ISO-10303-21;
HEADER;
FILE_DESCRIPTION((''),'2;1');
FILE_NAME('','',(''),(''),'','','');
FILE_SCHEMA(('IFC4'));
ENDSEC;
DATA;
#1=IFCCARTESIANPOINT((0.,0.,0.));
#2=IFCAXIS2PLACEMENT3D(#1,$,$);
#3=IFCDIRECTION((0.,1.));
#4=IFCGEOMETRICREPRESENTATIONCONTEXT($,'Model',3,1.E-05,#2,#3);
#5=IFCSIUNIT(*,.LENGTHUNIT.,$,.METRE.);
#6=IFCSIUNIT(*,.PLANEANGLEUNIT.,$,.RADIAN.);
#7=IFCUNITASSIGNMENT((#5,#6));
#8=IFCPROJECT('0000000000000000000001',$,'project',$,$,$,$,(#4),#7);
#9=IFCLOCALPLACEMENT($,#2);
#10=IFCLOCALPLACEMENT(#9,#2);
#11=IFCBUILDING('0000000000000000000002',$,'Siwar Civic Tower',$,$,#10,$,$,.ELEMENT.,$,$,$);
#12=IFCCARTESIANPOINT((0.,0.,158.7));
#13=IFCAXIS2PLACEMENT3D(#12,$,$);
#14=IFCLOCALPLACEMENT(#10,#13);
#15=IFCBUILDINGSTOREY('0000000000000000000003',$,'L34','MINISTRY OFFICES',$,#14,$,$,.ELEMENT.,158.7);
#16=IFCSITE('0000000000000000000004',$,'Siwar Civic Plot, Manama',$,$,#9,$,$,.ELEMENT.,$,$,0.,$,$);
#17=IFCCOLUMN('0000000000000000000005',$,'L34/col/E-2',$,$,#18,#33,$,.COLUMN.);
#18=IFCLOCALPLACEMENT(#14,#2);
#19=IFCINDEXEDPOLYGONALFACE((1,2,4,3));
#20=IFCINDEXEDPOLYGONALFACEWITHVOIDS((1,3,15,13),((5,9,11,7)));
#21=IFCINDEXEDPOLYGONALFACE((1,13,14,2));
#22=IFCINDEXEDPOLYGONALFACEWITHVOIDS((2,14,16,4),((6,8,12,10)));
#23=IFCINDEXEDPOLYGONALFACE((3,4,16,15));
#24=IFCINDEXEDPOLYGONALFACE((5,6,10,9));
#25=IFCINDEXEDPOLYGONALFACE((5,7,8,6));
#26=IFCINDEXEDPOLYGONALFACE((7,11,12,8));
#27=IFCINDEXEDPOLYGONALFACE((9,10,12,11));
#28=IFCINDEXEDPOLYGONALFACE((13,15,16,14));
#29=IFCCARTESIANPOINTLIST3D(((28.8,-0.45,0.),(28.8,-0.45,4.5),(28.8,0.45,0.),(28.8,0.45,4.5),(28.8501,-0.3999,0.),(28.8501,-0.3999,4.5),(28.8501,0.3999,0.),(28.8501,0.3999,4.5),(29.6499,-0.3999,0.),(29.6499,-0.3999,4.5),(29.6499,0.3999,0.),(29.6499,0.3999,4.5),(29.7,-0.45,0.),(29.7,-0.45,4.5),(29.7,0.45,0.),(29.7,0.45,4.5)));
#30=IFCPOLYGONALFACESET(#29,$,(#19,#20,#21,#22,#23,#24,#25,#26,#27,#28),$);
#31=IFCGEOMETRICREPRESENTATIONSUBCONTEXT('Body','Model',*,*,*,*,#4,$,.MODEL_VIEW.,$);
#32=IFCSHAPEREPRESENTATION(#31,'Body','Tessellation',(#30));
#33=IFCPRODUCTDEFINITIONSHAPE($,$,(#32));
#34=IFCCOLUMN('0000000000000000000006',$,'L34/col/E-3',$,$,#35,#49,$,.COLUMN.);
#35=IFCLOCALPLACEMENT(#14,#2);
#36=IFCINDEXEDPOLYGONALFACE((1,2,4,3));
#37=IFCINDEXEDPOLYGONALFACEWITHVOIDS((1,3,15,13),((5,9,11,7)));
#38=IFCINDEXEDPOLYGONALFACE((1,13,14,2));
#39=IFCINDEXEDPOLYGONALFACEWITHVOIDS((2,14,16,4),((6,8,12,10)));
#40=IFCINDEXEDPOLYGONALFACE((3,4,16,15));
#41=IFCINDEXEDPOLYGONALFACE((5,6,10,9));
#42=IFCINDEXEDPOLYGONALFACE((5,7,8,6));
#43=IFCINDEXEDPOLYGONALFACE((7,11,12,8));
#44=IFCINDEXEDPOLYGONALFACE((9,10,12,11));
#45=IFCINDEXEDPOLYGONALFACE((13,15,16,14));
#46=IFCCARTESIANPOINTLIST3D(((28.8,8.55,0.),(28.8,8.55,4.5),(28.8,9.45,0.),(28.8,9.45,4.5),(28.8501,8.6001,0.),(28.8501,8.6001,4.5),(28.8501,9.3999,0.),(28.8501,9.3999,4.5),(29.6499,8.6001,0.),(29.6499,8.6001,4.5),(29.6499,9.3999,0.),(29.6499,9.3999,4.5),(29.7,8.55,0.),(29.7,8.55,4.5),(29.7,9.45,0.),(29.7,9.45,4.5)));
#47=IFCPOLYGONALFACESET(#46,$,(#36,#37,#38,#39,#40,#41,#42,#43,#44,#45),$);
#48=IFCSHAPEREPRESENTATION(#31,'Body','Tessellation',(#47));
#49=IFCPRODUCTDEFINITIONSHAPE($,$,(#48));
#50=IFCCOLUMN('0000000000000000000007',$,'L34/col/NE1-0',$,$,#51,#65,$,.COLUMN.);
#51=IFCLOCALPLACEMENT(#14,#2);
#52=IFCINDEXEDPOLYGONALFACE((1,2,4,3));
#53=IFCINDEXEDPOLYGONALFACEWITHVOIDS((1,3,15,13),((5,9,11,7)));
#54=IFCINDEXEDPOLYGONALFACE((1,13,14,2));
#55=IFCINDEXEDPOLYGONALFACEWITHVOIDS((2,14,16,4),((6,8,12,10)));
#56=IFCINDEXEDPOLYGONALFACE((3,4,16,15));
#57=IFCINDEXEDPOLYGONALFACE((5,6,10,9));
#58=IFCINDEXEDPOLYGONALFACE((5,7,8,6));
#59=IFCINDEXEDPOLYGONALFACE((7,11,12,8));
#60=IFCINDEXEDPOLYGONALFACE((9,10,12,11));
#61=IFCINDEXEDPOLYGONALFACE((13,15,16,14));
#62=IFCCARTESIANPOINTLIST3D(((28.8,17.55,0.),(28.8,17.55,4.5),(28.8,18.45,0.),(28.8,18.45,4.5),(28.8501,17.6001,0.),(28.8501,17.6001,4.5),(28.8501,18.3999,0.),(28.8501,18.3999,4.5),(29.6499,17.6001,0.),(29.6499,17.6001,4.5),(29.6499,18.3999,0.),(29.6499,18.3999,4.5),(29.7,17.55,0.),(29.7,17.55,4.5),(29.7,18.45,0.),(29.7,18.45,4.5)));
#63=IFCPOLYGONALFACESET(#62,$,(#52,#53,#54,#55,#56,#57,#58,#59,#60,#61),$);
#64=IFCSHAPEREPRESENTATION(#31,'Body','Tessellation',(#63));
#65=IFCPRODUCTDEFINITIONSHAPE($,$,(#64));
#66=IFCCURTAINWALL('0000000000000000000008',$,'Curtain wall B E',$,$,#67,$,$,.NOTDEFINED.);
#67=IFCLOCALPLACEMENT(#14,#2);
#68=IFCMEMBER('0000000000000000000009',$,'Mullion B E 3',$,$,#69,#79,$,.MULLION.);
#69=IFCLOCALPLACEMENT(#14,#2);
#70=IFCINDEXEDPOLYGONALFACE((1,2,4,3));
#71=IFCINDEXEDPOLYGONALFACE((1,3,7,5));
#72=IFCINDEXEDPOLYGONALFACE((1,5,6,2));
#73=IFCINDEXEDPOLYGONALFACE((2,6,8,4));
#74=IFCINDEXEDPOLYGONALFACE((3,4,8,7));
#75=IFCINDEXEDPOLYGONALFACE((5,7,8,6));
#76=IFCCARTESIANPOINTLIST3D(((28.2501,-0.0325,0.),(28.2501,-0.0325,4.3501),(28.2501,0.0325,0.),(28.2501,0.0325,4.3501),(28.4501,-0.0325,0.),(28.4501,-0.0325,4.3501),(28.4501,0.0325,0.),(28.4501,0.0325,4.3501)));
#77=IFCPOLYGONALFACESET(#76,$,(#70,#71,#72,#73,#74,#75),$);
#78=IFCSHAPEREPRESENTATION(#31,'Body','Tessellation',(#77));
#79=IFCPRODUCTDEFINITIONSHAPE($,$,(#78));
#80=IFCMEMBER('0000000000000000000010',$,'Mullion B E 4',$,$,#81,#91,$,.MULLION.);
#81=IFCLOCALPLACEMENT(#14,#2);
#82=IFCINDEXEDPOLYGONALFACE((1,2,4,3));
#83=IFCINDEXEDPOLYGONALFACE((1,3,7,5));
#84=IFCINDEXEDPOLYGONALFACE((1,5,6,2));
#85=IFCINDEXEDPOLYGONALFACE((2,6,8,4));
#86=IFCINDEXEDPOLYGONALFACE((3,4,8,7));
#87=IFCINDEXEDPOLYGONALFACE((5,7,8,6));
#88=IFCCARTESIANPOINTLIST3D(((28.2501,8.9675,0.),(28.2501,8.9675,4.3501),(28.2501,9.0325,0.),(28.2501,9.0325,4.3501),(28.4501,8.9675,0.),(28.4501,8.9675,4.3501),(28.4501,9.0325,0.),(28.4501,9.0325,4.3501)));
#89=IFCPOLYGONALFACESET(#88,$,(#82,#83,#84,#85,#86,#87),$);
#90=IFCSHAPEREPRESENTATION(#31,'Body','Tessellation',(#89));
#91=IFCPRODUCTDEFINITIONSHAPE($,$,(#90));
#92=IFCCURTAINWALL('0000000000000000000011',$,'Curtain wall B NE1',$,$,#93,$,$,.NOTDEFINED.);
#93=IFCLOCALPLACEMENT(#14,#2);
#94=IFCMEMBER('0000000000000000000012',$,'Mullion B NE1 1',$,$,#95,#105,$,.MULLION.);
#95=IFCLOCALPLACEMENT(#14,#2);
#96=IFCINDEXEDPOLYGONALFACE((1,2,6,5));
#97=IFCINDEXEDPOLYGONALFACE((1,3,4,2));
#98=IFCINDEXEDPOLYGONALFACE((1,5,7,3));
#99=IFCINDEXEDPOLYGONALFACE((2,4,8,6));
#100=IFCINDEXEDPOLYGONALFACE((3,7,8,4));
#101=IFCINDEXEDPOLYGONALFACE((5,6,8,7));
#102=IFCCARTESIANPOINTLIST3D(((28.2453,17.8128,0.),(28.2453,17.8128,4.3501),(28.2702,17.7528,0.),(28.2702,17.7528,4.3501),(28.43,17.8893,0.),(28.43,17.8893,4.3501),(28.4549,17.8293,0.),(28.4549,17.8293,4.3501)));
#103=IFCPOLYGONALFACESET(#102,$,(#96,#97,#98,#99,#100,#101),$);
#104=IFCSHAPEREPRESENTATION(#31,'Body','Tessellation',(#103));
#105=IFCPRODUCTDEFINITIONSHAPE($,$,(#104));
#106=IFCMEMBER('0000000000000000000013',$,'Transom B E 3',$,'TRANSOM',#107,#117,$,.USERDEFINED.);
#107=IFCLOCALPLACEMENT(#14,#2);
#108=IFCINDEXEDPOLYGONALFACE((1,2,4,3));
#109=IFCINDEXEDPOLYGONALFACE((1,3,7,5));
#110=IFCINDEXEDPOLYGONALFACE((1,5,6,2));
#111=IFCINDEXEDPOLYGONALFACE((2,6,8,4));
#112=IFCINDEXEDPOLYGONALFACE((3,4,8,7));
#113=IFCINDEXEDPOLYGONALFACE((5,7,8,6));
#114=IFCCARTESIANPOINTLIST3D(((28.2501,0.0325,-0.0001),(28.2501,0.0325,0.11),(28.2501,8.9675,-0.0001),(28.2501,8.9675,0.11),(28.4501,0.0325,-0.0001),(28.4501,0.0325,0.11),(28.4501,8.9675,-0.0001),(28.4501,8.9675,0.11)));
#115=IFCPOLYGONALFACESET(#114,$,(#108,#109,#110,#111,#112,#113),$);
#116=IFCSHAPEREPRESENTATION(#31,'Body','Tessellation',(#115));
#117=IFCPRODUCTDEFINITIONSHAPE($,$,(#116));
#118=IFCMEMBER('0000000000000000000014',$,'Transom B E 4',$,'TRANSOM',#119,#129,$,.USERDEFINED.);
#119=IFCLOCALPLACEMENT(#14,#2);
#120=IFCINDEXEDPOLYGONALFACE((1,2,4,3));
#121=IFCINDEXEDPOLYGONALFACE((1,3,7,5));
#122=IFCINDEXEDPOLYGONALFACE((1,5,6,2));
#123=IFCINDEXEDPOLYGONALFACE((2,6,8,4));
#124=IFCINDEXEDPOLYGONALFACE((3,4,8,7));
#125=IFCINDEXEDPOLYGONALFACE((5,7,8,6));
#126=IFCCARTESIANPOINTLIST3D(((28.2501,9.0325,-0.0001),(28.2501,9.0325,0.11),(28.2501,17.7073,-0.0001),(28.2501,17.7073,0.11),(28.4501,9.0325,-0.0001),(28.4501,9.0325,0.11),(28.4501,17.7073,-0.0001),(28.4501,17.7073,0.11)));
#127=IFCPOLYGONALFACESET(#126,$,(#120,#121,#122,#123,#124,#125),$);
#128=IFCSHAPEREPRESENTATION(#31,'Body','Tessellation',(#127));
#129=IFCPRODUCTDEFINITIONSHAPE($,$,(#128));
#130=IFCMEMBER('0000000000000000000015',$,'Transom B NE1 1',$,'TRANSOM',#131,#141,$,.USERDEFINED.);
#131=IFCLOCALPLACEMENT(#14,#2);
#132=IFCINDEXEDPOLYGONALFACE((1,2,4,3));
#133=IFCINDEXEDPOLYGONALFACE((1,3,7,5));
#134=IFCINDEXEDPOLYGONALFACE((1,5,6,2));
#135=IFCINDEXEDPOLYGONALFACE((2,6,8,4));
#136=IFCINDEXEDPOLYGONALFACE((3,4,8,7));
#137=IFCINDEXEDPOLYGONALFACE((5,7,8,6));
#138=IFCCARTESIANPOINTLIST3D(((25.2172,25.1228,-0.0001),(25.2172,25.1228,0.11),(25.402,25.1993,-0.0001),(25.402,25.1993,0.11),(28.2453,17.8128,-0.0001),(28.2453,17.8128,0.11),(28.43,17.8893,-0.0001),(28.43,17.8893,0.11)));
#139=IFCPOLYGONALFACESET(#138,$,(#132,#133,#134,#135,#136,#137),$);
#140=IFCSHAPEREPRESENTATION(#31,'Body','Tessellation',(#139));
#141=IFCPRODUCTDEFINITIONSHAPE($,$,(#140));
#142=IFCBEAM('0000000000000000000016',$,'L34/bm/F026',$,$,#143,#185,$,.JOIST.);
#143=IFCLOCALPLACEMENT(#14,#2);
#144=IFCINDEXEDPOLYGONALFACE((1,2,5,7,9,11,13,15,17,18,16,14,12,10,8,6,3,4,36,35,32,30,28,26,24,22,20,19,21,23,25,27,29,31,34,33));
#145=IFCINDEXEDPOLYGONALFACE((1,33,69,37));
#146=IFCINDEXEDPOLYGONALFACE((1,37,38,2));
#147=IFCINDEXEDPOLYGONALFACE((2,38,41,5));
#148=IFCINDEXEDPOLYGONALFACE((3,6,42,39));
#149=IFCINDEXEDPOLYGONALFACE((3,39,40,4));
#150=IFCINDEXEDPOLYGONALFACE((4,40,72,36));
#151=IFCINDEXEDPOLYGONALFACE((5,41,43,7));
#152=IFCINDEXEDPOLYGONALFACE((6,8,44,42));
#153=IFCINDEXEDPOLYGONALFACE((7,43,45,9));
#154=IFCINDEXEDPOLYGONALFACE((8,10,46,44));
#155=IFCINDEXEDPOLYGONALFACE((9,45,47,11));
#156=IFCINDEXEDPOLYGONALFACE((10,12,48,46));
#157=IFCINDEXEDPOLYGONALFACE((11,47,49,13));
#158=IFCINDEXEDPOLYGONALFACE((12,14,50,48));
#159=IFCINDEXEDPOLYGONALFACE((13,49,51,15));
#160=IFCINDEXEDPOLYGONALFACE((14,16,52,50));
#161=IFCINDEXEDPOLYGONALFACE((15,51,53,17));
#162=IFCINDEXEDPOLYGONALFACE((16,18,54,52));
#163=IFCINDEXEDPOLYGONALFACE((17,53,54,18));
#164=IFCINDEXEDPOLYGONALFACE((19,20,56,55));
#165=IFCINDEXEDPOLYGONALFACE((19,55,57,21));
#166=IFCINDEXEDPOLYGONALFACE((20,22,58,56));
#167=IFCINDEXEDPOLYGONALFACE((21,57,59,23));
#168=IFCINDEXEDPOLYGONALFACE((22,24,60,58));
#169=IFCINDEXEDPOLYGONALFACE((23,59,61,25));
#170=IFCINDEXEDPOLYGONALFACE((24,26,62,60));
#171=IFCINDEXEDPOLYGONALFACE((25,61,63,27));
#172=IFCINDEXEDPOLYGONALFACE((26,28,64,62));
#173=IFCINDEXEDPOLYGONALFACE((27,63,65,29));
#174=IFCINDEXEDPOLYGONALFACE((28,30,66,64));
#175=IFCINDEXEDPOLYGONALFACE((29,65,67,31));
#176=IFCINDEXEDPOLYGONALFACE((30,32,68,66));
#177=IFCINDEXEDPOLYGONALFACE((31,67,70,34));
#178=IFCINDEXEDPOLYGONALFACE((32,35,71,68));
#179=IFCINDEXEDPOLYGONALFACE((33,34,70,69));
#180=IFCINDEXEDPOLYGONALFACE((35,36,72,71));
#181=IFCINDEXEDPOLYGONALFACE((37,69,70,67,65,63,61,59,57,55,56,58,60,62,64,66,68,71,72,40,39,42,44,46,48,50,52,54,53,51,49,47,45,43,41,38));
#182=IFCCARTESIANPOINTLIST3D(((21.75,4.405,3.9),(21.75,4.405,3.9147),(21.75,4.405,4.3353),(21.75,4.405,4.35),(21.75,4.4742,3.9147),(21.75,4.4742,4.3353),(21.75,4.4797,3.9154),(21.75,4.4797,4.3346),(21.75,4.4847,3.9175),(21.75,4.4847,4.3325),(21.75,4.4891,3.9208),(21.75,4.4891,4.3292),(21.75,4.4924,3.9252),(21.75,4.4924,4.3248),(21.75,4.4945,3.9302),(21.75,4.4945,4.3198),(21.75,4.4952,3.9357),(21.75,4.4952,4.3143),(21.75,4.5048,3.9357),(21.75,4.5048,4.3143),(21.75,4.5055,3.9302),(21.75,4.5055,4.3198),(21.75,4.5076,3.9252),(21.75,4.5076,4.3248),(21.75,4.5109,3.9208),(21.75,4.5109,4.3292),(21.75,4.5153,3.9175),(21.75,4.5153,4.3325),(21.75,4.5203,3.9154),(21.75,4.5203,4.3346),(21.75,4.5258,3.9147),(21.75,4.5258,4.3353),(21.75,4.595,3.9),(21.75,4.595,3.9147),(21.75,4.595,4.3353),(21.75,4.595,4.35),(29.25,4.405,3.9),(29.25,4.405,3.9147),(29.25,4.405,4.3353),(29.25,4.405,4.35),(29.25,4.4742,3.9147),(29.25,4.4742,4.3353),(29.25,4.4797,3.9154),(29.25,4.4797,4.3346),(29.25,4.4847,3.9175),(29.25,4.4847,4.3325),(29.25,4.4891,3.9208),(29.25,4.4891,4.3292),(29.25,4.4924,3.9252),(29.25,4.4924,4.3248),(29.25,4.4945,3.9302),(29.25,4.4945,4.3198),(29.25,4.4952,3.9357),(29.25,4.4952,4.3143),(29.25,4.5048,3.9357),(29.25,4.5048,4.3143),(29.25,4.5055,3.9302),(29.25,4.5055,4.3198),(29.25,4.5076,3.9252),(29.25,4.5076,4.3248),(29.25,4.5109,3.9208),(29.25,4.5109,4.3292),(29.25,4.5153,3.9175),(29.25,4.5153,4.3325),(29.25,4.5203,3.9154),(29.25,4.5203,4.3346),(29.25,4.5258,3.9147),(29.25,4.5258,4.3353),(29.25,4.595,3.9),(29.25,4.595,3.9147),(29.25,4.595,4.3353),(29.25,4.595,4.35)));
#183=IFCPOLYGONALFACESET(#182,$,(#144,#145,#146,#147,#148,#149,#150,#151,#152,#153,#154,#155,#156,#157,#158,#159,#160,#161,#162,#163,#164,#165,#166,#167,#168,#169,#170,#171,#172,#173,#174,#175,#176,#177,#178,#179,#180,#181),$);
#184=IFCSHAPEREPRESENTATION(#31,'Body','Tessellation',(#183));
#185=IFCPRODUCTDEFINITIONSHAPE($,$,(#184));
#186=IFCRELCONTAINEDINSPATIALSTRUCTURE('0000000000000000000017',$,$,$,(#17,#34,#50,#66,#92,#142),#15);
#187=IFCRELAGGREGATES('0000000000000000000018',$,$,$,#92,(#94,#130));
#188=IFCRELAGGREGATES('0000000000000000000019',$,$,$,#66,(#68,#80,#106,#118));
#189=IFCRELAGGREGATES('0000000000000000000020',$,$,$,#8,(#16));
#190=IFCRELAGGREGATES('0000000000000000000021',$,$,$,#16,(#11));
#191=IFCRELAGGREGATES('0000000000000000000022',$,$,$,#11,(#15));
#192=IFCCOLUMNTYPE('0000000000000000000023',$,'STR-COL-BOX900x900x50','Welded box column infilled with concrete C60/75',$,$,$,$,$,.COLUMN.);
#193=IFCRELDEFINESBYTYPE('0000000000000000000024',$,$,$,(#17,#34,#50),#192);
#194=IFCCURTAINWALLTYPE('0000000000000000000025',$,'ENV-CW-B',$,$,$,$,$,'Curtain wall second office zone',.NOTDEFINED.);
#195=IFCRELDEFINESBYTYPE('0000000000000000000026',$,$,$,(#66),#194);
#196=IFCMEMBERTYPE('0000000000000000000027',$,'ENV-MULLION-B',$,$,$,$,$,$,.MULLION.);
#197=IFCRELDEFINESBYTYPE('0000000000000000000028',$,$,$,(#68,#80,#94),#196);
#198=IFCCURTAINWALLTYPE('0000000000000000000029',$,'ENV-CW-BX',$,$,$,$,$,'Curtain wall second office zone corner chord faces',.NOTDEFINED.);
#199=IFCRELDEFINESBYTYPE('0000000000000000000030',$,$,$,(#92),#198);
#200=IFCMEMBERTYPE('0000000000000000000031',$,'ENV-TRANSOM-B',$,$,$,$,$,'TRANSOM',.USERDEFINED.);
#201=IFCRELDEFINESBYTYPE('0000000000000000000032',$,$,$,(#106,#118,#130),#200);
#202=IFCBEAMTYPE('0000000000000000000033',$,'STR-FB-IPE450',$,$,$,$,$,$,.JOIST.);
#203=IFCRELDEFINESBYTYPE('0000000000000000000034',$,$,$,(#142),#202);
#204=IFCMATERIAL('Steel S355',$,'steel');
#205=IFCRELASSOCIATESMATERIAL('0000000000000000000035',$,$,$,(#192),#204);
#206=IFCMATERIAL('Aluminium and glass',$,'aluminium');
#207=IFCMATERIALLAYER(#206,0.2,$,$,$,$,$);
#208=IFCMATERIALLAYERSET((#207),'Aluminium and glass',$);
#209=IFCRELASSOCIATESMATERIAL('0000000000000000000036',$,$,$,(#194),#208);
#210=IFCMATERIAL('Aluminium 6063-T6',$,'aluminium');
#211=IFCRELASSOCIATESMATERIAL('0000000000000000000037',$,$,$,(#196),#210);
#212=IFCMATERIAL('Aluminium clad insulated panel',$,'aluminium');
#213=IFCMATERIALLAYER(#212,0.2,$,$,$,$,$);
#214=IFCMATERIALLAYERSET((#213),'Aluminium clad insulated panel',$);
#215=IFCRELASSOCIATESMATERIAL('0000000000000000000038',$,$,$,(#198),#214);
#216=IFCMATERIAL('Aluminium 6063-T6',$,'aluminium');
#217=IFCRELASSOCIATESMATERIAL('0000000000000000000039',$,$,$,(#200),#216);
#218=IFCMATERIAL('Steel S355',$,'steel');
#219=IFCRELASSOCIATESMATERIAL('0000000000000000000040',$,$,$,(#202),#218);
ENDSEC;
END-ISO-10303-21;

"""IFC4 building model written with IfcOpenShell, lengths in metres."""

from ifc_helpers import new_model, si_unit, direction, frame, origin, origin_2d, place, context, subcontext, project, spatial, rectangle, hollow_rectangle, i_section, extrude, material, layer, layer_set, material_profile, profile_set, type_object, element, aggregate, save


model = new_model("IFC4")

# Units and contexts
model_context = context("Model", 3, precision=1e-05, world=origin(), true_north=direction((0.0, 1.0)))
body_context = subcontext(model_context, "Body", "Model", "MODEL_VIEW")
ifc_project = project(units=[si_unit("LENGTHUNIT", "METRE"), si_unit("PLANEANGLEUNIT", "RADIAN")], contexts=[model_context])

# Site, building, storey
site_placement = place(None, origin())
site = spatial("IfcSite", under=ifc_project, at=site_placement, Name="Siwar Civic Plot, Manama", CompositionType="ELEMENT", RefElevation=0.0)
building_placement = place(site_placement, origin())
building = spatial("IfcBuilding", under=site, at=building_placement, Name="Siwar Civic Tower", CompositionType="ELEMENT")
storey_placement = place(building_placement, frame((0.0, 0.0, 158.7)))
storey = spatial("IfcBuildingStorey", under=building, at=storey_placement, Name="L34", Description="MINISTRY OFFICES", CompositionType="ELEMENT", Elevation=158.7)

# Columns
ifc_material_1 = material(Name="Steel S355", Category="steel")
ifc_material_profile_1 = material_profile(ifc_material_1, hollow_rectangle(XDim=0.8999, YDim=0.8999, WallThickness=0.05, at=origin_2d()), Name="BOX900x900x50")
ifc_profile_set_1 = profile_set([ifc_material_profile_1], Name="Steel S355")
column_type = type_object("IfcColumnType", Name="STR-COL-BOX900x900x50", Description="Welded box column infilled with concrete C60/75", PredefinedType="COLUMN", material=ifc_profile_set_1)
for number, where, z_axis, x_axis, name in (
    (1, (29.25, 0.0, 0.0), (0.0, 0.0, 1.0), (1.0, 0.0, 0.0), "L34/col/E-2"),
    (2, (29.25, 9.0, 0.0), (0.0, 0.0, 1.0), (1.0, 0.0, 0.0), "L34/col/E-3"),
    (3, (29.25, 18.0, 0.0), (0.0, 0.0, 1.0), (1.0, 0.0, 0.0), "L34/col/NE1-0"),
):
    element("IfcColumn", number, at=place(storey_placement, frame(where, z_axis=z_axis, x_axis=x_axis)), inside=storey, type_object=column_type, Name=name, PredefinedType="COLUMN", context=body_context, shape_type="SweptSolid", body=[
        extrude(hollow_rectangle(XDim=0.8999, YDim=0.8999, WallThickness=0.05, at=origin_2d()), origin(), (0.0, 0.0, 1.0), 4.5),
    ])

# Curtain wall, members
ifc_material_2 = material(Name="Aluminium and glass", Category="aluminium")
ifc_layer_1 = layer(ifc_material_2, 0.2)
ifc_layer_set_1 = layer_set([ifc_layer_1], Name="Aluminium and glass")
curtain_wall_type_1 = type_object("IfcCurtainWallType", Name="ENV-CW-B", ElementType="Curtain wall second office zone", PredefinedType="NOTDEFINED", material=ifc_layer_set_1)
curtain_wall_1_placement = place(storey_placement, origin())
curtain_wall_1 = element("IfcCurtainWall", 4, at=curtain_wall_1_placement, inside=storey, type_object=curtain_wall_type_1, Name="Curtain wall B E", PredefinedType="NOTDEFINED")
ifc_material_3 = material(Name="Aluminium 6063-T6", Category="aluminium")
ifc_material_profile_2 = material_profile(ifc_material_3, rectangle(XDim=0.2, YDim=0.0649, at=origin_2d()), Name="AL 200x65")
ifc_profile_set_2 = profile_set([ifc_material_profile_2], Name="Aluminium 6063-T6")
member_type_1 = type_object("IfcMemberType", Name="ENV-MULLION-B", PredefinedType="MULLION", material=ifc_profile_set_2)
member_1_placement = place(storey_placement, frame((28.3501, 0.0, 0.0), z_axis=(0.0, 0.0, 1.0), x_axis=(-1.0, 0.0, 0.0)))
member_1 = element("IfcMember", 5, at=member_1_placement, type_object=member_type_1, Name="Mullion B E 3", PredefinedType="MULLION", context=body_context, shape_type="SweptSolid", body=[
    extrude(rectangle(XDim=0.2, YDim=0.0649, at=origin_2d()), origin(), (0.0, 0.0, 1.0), 4.3501),
])
member_2_placement = place(storey_placement, frame((28.3501, 9.0, 0.0), z_axis=(0.0, 0.0, 1.0), x_axis=(-1.0, 0.0, 0.0)))
member_2 = element("IfcMember", 6, at=member_2_placement, type_object=member_type_1, Name="Mullion B E 4", PredefinedType="MULLION", context=body_context, shape_type="SweptSolid", body=[
    extrude(rectangle(XDim=0.2, YDim=0.0649, at=origin_2d()), origin(), (0.0, 0.0, 1.0), 4.3501),
])

# Curtain wall, member
ifc_material_4 = material(Name="Aluminium clad insulated panel", Category="aluminium")
ifc_layer_2 = layer(ifc_material_4, 0.2)
ifc_layer_set_2 = layer_set([ifc_layer_2], Name="Aluminium clad insulated panel")
curtain_wall_type_2 = type_object("IfcCurtainWallType", Name="ENV-CW-BX", ElementType="Curtain wall second office zone corner chord faces", PredefinedType="NOTDEFINED", material=ifc_layer_set_2)
curtain_wall_2_placement = place(storey_placement, origin())
curtain_wall_2 = element("IfcCurtainWall", 7, at=curtain_wall_2_placement, inside=storey, type_object=curtain_wall_type_2, Name="Curtain wall B NE1", PredefinedType="NOTDEFINED")
member_3_placement = place(storey_placement, frame((28.3501, 17.821, 0.0), z_axis=(0.0, 0.0, 1.0), x_axis=(-0.92388, -0.382683, 0.0)))
member_3 = element("IfcMember", 8, at=member_3_placement, type_object=member_type_1, Name="Mullion B NE1 1", PredefinedType="MULLION", context=body_context, shape_type="SweptSolid", body=[
    extrude(rectangle(XDim=0.2, YDim=0.0649, at=origin_2d()), origin(), (0.0, 0.0, 1.0), 4.3501),
])

# Members
ifc_material_5 = material(Name="Aluminium 6063-T6", Category="aluminium")
ifc_material_profile_3 = material_profile(ifc_material_5, rectangle(XDim=0.2, YDim=0.1101, at=origin_2d()), Name="AL 200x110")
ifc_profile_set_3 = profile_set([ifc_material_profile_3], Name="Aluminium 6063-T6")
member_type_2 = type_object("IfcMemberType", Name="ENV-TRANSOM-B", ElementType="TRANSOM", PredefinedType="USERDEFINED", material=ifc_profile_set_3)
member_4_placement = place(storey_placement, frame((28.3501, 0.0325, 0.0549), z_axis=(0.0, 1.0, 0.0), x_axis=(-1.0, 0.0, 0.0)))
member_4 = element("IfcMember", 9, at=member_4_placement, type_object=member_type_2, Name="Transom B E 3", ObjectType="TRANSOM", PredefinedType="USERDEFINED", context=body_context, shape_type="SweptSolid", body=[
    extrude(rectangle(XDim=0.2, YDim=0.1101, at=origin_2d()), origin(), (0.0, 0.0, 1.0), 8.9351),
])
member_5_placement = place(storey_placement, frame((28.3501, 9.0325, 0.0549), z_axis=(0.0, 1.0, 0.0), x_axis=(-1.0, 0.0, 0.0)))
member_5 = element("IfcMember", 10, at=member_5_placement, type_object=member_type_2, Name="Transom B E 4", ObjectType="TRANSOM", PredefinedType="USERDEFINED", context=body_context, shape_type="SweptSolid", body=[
    extrude(rectangle(XDim=0.2, YDim=0.1101, at=origin_2d()), origin(), (0.0, 0.0, 1.0), 8.6748),
])
member_6_placement = place(storey_placement, frame((28.3376, 17.8511, 0.0549), z_axis=(-0.3827, 0.923873, 0.0), x_axis=(-0.923873, -0.3827, 0.0)))
member_6 = element("IfcMember", 11, at=member_6_placement, type_object=member_type_2, Name="Transom B NE1 1", ObjectType="TRANSOM", PredefinedType="USERDEFINED", context=body_context, shape_type="SweptSolid", body=[
    extrude(rectangle(XDim=0.2, YDim=0.1101, at=origin_2d()), origin(), (0.0, 0.0, 1.0), 7.9124),
])
aggregate(curtain_wall_2, [member_3, member_6])

# Beam
ifc_material_6 = material(Name="Steel S355", Category="steel")
ifc_material_profile_4 = material_profile(ifc_material_6, i_section(OverallWidth=0.1899, OverallDepth=0.45, WebThickness=0.0095, FlangeThickness=0.0146, FilletRadius=0.021, at=origin_2d()), Name="IPE450")
ifc_profile_set_4 = profile_set([ifc_material_profile_4], Name="Steel S355")
beam_type_1 = type_object("IfcBeamType", Name="STR-FB-IPE450", PredefinedType="JOIST", material=ifc_profile_set_4)
for number, where, z_axis, x_axis, name in (
    (12, (21.75, 4.5, 4.125), (1.0, 0.0, 0.0), (0.0, 1.0, 0.0), "L34/bm/F026"),
):
    element("IfcBeam", number, at=place(storey_placement, frame(where, z_axis=z_axis, x_axis=x_axis)), inside=storey, type_object=beam_type_1, Name=name, PredefinedType="JOIST", context=body_context, shape_type="SweptSolid", body=[
        extrude(i_section(OverallWidth=0.1899, OverallDepth=0.45, WebThickness=0.0095, FlangeThickness=0.0146, FilletRadius=0.021, at=origin_2d()), origin(), (0.0, 0.0, 1.0), 7.5),
    ])

aggregate(curtain_wall_1, [member_1, member_2, member_4, member_5])

save(model, "model.ifc")
